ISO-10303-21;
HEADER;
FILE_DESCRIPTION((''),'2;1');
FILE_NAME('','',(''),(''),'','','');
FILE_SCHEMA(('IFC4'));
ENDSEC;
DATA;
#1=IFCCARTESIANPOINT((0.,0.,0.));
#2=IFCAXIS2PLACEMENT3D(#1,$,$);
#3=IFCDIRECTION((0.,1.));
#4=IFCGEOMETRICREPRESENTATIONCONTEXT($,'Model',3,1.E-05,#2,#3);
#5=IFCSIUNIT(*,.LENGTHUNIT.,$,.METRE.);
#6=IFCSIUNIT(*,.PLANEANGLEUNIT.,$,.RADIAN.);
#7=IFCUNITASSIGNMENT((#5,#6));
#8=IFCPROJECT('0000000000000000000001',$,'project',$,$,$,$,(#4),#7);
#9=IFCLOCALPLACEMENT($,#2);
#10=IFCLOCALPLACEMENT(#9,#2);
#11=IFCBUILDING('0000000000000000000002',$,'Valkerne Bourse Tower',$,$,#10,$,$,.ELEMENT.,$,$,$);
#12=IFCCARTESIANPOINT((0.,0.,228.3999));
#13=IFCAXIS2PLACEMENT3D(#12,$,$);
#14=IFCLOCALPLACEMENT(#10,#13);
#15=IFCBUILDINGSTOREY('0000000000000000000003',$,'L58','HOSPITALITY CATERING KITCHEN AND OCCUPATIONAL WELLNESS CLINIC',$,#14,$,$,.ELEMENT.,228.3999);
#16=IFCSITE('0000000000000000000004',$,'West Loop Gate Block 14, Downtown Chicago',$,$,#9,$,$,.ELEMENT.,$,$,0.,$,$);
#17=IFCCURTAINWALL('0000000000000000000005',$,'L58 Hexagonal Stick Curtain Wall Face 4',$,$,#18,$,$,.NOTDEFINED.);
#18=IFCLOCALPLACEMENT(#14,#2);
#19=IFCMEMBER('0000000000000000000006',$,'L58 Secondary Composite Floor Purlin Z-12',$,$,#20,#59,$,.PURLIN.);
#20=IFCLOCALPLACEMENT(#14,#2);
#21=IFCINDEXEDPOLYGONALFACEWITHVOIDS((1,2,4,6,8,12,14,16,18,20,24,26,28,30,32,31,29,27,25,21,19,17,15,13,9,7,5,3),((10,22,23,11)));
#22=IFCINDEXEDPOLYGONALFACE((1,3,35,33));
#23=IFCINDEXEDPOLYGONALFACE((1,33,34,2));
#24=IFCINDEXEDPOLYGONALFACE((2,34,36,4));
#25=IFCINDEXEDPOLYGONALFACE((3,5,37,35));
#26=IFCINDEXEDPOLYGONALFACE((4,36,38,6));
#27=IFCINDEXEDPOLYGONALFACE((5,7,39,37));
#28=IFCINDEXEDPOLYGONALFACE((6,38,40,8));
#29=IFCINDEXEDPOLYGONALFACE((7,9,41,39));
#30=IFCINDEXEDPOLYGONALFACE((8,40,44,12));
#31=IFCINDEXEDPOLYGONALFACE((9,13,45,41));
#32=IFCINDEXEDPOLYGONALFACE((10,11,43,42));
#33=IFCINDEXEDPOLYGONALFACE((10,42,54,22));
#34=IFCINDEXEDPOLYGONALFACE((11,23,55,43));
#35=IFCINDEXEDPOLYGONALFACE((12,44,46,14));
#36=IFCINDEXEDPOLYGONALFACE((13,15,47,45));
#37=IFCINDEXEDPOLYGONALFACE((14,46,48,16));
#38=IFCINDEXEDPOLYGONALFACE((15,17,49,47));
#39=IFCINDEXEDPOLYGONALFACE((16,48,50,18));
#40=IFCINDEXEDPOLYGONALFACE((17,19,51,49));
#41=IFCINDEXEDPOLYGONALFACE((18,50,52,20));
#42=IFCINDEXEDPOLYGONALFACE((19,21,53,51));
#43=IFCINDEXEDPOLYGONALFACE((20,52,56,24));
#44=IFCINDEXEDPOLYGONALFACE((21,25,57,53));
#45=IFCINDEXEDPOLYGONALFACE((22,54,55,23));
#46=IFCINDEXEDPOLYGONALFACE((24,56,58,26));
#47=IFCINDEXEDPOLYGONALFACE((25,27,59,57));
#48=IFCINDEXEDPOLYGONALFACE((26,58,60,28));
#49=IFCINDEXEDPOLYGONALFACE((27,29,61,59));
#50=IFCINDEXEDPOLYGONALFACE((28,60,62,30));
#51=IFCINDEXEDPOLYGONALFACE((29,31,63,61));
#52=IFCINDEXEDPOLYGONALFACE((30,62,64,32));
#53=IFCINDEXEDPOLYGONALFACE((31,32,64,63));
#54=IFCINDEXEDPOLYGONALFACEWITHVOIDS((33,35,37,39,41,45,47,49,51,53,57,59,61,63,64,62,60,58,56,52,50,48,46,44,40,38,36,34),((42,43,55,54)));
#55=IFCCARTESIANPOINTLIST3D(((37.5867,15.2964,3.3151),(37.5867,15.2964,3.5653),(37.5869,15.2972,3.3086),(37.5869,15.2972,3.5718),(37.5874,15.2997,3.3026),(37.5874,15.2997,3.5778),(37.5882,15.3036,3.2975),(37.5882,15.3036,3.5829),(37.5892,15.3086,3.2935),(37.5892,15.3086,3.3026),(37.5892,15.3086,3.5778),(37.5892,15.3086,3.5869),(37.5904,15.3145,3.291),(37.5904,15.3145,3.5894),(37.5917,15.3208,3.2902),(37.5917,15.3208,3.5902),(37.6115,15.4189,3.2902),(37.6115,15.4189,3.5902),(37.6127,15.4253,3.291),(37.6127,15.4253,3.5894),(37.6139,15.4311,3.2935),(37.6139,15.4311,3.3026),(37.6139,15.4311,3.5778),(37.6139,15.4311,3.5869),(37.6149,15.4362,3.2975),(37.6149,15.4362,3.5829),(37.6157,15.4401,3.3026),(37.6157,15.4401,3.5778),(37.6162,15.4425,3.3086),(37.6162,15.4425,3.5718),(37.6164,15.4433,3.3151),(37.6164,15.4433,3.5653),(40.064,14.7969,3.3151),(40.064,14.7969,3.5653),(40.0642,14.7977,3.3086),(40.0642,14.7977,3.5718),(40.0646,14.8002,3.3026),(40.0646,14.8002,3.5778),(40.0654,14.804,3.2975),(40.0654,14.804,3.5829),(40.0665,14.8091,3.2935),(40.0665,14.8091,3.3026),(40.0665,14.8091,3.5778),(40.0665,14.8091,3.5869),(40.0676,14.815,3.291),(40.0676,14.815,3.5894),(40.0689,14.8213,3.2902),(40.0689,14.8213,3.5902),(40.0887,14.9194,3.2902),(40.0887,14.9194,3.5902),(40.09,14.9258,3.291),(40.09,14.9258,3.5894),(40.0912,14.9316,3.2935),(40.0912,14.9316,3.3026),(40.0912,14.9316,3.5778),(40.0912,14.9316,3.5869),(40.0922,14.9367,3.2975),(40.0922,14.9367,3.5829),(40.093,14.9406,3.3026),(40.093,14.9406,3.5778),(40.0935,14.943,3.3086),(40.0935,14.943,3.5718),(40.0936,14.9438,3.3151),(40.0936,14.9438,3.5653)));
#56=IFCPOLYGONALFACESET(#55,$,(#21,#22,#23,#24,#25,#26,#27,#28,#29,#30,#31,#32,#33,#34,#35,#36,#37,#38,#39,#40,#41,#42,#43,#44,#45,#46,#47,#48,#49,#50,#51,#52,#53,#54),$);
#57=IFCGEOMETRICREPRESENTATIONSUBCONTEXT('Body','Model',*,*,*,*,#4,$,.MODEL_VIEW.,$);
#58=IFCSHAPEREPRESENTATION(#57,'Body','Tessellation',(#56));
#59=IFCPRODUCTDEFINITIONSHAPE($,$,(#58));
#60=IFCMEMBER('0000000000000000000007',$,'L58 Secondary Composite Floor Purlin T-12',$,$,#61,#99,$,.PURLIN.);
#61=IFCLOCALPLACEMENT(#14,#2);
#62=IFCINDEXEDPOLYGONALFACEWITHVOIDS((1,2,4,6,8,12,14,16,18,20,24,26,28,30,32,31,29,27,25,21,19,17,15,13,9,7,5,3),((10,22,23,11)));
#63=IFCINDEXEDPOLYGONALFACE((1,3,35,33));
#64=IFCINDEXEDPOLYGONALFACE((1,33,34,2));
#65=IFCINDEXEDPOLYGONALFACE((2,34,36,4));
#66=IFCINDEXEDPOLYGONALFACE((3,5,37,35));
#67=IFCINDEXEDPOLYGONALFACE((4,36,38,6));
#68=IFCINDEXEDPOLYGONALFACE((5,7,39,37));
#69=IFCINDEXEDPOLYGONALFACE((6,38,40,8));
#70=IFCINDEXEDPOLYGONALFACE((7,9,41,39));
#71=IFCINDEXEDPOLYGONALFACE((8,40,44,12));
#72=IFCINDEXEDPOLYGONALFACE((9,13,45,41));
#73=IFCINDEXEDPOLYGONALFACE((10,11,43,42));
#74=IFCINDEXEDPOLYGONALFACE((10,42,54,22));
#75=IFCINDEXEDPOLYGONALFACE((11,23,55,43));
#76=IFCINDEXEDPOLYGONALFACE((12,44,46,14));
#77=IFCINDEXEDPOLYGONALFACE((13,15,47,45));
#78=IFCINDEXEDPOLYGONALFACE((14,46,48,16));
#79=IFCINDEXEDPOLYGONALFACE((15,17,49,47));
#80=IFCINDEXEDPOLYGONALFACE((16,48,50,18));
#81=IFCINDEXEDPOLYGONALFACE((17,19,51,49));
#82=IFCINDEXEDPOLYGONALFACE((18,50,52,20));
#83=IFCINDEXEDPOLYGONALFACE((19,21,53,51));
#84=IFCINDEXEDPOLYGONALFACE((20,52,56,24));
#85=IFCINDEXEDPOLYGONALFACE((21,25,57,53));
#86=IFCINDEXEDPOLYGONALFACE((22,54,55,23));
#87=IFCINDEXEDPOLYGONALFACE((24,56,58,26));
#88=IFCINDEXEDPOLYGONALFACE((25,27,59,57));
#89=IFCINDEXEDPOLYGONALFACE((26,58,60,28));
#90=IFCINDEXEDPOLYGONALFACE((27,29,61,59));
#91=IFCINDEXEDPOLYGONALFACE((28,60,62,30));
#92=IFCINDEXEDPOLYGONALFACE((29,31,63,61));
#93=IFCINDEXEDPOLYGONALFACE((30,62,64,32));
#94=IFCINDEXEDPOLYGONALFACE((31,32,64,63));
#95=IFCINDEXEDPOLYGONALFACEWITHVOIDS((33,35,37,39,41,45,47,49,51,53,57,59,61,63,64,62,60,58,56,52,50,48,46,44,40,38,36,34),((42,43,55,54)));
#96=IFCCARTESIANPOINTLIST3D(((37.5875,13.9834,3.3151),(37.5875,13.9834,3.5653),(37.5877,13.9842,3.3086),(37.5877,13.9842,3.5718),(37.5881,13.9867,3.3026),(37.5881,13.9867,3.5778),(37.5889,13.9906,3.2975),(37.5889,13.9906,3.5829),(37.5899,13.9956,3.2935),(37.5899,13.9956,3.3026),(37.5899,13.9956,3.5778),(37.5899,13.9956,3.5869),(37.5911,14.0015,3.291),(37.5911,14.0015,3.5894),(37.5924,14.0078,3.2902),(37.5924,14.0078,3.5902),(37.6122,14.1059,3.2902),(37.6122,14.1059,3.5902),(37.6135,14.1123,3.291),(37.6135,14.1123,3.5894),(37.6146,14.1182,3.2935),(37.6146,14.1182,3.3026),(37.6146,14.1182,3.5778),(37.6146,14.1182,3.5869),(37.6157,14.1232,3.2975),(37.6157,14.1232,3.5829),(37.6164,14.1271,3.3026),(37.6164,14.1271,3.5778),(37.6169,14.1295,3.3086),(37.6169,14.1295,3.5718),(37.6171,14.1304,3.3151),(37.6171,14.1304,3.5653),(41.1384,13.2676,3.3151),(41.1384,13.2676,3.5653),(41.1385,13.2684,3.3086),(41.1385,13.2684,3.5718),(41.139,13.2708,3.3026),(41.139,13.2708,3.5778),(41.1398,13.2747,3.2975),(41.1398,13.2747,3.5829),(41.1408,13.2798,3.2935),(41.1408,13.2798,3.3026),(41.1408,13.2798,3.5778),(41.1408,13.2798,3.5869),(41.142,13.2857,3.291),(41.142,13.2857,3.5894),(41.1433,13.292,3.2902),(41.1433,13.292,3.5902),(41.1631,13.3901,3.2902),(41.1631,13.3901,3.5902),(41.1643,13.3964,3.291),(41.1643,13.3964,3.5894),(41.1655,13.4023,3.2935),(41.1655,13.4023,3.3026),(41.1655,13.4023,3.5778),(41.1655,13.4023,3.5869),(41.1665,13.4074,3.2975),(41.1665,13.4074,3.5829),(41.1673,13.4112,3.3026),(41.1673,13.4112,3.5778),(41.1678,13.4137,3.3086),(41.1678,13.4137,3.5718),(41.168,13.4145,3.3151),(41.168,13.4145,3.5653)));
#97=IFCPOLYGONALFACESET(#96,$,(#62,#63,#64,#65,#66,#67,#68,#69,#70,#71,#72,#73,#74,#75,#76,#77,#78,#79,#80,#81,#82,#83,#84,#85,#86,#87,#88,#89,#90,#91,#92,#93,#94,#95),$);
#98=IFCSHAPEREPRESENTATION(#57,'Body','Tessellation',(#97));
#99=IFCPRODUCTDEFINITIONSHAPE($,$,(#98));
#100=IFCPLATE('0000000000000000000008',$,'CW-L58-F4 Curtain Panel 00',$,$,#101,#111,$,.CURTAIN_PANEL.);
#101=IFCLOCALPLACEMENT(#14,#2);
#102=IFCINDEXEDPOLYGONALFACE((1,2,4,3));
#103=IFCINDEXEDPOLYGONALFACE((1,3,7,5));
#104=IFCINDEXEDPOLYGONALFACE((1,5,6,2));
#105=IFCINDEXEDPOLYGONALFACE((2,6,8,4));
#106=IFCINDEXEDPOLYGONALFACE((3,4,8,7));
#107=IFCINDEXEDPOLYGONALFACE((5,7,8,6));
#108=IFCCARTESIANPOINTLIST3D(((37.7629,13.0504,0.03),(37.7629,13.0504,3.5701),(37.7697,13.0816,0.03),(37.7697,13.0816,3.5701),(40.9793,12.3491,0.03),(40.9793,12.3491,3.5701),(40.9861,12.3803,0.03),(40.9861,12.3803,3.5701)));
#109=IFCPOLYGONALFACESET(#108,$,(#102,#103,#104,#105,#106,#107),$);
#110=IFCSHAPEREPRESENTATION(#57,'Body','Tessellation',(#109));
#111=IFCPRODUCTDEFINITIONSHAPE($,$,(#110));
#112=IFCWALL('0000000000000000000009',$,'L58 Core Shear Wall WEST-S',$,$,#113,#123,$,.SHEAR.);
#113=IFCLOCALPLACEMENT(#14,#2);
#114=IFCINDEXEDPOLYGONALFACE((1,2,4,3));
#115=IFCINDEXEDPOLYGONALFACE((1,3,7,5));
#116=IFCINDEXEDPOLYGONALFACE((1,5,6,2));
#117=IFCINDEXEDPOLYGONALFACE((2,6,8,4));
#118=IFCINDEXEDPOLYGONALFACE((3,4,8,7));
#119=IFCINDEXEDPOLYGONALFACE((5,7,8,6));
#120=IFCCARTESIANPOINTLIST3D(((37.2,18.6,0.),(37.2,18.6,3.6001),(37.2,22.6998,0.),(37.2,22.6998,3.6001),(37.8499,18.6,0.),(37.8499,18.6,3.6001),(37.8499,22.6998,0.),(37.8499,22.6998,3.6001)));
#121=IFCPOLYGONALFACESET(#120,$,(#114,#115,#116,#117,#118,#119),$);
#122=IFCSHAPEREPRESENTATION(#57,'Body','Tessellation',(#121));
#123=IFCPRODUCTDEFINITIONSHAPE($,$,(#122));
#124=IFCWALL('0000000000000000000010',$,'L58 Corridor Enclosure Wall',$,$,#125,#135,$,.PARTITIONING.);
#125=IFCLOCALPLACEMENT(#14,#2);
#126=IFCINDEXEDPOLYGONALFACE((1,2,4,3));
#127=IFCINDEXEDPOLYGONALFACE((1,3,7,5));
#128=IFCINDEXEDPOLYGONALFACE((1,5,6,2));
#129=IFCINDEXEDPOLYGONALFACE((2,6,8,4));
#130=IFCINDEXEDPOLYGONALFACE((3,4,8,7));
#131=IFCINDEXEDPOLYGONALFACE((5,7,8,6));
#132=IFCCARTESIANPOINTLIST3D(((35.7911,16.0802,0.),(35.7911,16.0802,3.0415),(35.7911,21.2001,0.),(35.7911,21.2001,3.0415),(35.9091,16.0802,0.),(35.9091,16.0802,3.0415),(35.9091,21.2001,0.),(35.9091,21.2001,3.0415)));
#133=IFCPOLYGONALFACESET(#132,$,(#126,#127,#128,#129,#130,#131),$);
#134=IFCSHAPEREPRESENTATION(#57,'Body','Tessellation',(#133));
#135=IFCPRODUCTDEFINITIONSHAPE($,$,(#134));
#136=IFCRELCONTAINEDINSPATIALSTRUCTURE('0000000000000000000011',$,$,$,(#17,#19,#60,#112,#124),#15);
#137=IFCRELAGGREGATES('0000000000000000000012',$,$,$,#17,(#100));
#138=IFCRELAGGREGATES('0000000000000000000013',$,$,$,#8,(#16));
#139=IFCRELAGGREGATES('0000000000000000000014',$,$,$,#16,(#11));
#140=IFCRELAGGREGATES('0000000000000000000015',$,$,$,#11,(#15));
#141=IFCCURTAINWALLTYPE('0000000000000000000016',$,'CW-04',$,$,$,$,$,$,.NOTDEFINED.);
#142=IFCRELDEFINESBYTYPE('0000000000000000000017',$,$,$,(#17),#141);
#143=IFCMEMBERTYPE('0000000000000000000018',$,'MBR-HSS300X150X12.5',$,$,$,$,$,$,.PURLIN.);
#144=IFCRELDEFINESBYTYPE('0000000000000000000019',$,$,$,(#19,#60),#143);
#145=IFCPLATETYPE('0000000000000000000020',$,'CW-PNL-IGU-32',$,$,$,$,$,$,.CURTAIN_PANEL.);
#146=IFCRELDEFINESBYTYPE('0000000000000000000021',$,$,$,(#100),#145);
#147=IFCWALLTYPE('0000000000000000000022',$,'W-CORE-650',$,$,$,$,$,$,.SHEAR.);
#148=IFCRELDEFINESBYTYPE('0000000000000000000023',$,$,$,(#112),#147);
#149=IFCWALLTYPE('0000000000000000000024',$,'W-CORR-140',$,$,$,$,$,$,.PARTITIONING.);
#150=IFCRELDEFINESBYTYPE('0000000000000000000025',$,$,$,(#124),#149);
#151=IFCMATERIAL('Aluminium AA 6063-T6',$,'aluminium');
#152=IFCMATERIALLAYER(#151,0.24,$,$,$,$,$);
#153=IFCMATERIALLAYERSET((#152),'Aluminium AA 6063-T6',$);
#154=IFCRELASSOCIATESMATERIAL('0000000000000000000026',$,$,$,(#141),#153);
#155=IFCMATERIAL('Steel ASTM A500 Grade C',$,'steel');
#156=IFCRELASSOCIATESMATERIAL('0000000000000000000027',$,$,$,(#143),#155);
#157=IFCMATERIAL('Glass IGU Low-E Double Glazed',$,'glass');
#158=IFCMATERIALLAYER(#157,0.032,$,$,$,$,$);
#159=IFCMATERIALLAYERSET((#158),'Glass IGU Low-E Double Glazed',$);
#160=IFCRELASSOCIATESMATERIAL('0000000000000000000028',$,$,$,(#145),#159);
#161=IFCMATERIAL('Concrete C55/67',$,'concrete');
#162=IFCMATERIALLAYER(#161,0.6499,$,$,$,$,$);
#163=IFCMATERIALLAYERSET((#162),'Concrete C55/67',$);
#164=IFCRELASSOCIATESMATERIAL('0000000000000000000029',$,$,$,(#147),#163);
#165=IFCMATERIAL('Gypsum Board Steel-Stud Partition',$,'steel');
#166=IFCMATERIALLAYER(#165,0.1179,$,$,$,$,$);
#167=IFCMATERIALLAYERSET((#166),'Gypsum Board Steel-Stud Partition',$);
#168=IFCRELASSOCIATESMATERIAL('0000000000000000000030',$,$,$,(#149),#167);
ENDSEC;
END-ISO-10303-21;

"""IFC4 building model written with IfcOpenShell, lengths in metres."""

from ifc_helpers import new_model, si_unit, direction, frame, frame_2d, origin, origin_2d, place, context, subcontext, project, spatial, rectangle, hollow_rectangle, extrude, material, layer, layer_set, material_profile, profile_set, type_object, element, aggregate, save


model = new_model("IFC4")

# Units and contexts
model_context = context("Model", 3, precision=1e-05, world=origin(), true_north=direction((0.0, 1.0)))
body_context = subcontext(model_context, "Body", "Model", "MODEL_VIEW")
ifc_project = project(units=[si_unit("LENGTHUNIT", "METRE"), si_unit("PLANEANGLEUNIT", "RADIAN")], contexts=[model_context])

# Site, building, storey
site_placement = place(None, origin())
site = spatial("IfcSite", under=ifc_project, at=site_placement, Name="West Loop Gate Block 14, Downtown Chicago", CompositionType="ELEMENT", RefElevation=0.0)
building_placement = place(site_placement, origin())
building = spatial("IfcBuilding", under=site, at=building_placement, Name="Valkerne Bourse Tower", CompositionType="ELEMENT")
storey_placement = place(building_placement, frame((0.0, 0.0, 228.3999)))
storey = spatial("IfcBuildingStorey", under=building, at=storey_placement, Name="L58", Description="HOSPITALITY CATERING KITCHEN AND OCCUPATIONAL WELLNESS CLINIC", CompositionType="ELEMENT", Elevation=228.3999)

# Curtain wall
ifc_material_1 = material(Name="Aluminium AA 6063-T6", Category="aluminium")
ifc_layer_1 = layer(ifc_material_1, 0.24)
ifc_layer_set_1 = layer_set([ifc_layer_1], Name="Aluminium AA 6063-T6")
curtain_wall_type = type_object("IfcCurtainWallType", Name="CW-04", PredefinedType="NOTDEFINED", material=ifc_layer_set_1)
curtain_wall_placement = place(storey_placement, origin())
curtain_wall = element("IfcCurtainWall", 1, at=curtain_wall_placement, inside=storey, type_object=curtain_wall_type, Name="L58 Hexagonal Stick Curtain Wall Face 4", PredefinedType="NOTDEFINED")

# Members
ifc_material_2 = material(Name="Steel ASTM A500 Grade C", Category="steel")
ifc_material_profile_1 = material_profile(ifc_material_2, hollow_rectangle(XDim=0.1499, YDim=0.3, WallThickness=0.0125, OuterFilletRadius=0.0249, at=origin_2d()), Name="HSS300X150X12.5")
ifc_profile_set_1 = profile_set([ifc_material_profile_1], Name="Steel ASTM A500 Grade C")
member_type_1 = type_object("IfcMemberType", Name="MBR-HSS300X150X12.5", PredefinedType="PURLIN", material=ifc_profile_set_1)
member_1_placement = place(storey_placement, frame((37.6016, 15.3699, 3.4402), z_axis=(0.980271, -0.197658, 0.0), x_axis=(0.197658, 0.980271, 0.0)))
element("IfcMember", 2, at=member_1_placement, inside=storey, type_object=member_type_1, Name="L58 Secondary Composite Floor Purlin Z-12", PredefinedType="PURLIN", context=body_context, shape_type="SweptSolid", body=[
    extrude(hollow_rectangle(XDim=0.1499, YDim=0.3, WallThickness=0.0125, OuterFilletRadius=0.0249, at=origin_2d()), origin(), (0.0, 0.0, 1.0), 2.5271),
])
member_2_placement = place(storey_placement, frame((37.6023, 14.0569, 3.4402), z_axis=(0.980279, -0.197619, 0.0), x_axis=(0.197619, 0.980279, 0.0)))
element("IfcMember", 3, at=member_2_placement, inside=storey, type_object=member_type_1, Name="L58 Secondary Composite Floor Purlin T-12", PredefinedType="PURLIN", context=body_context, shape_type="SweptSolid", body=[
    extrude(hollow_rectangle(XDim=0.1499, YDim=0.3, WallThickness=0.0125, OuterFilletRadius=0.0249, at=origin_2d()), origin(), (0.0, 0.0, 1.0), 3.6223),
])

# Plate
ifc_material_3 = material(Name="Glass IGU Low-E Double Glazed", Category="glass")
ifc_layer_2 = layer(ifc_material_3, 0.032)
ifc_layer_set_2 = layer_set([ifc_layer_2], Name="Glass IGU Low-E Double Glazed")
plate_type = type_object("IfcPlateType", Name="CW-PNL-IGU-32", PredefinedType="CURTAIN_PANEL", material=ifc_layer_set_2)
plate_placement = place(storey_placement, frame((39.3745, 12.7153, 0.03), z_axis=(0.0, 0.0, 1.0), x_axis=(0.977045, -0.213035, 0.0)))
plate = element("IfcPlate", 4, at=plate_placement, type_object=plate_type, Name="CW-L58-F4 Curtain Panel 00", PredefinedType="CURTAIN_PANEL", context=body_context, shape_type="SweptSolid", body=[
    extrude(rectangle(XDim=3.292, YDim=0.032, at=origin_2d()), origin(), (0.0, 0.0, 1.0), 3.54),
])
aggregate(curtain_wall, [plate])

# Shared definitions
ifc_material_4 = material(Name="Concrete C55/67", Category="concrete")
ifc_layer_3 = layer(ifc_material_4, 0.6499)
ifc_layer_set_3 = layer_set([ifc_layer_3], Name="Concrete C55/67")
wall_type_1 = type_object("IfcWallType", Name="W-CORE-650", PredefinedType="SHEAR", material=ifc_layer_set_3)

# Walls
wall_1_placement = place(storey_placement, frame((37.5249, 18.6001, 0.0), z_axis=(0.0, 0.0, 1.0), x_axis=(0.0, 1.0, 0.0)))
element("IfcWall", 5, at=wall_1_placement, inside=storey, type_object=wall_type_1, Name="L58 Core Shear Wall WEST-S", PredefinedType="SHEAR", context=body_context, shape_type="SweptSolid", body=[
    extrude(rectangle(XDim=4.0999, YDim=0.6499, at=frame_2d((2.0498, 0.0))), origin(), (0.0, 0.0, 1.0), 3.6001),
])
ifc_material_5 = material(Name="Gypsum Board Steel-Stud Partition", Category="steel")
ifc_layer_4 = layer(ifc_material_5, 0.1179)
ifc_layer_set_4 = layer_set([ifc_layer_4], Name="Gypsum Board Steel-Stud Partition")
wall_type_2 = type_object("IfcWallType", Name="W-CORR-140", PredefinedType="PARTITIONING", material=ifc_layer_set_4)
wall_2_placement = place(storey_placement, frame((35.8501, 16.0801, 0.0), z_axis=(0.0, 0.0, 1.0), x_axis=(0.0, 1.0, 0.0)))
element("IfcWall", 6, at=wall_2_placement, inside=storey, type_object=wall_type_2, Name="L58 Corridor Enclosure Wall", PredefinedType="PARTITIONING", context=body_context, shape_type="SweptSolid", body=[
    extrude(rectangle(XDim=5.1199, YDim=0.1179, at=frame_2d((2.5601, 0.0))), origin(), (0.0, 0.0, 1.0), 3.0415),
])

save(model, "model.ifc")
